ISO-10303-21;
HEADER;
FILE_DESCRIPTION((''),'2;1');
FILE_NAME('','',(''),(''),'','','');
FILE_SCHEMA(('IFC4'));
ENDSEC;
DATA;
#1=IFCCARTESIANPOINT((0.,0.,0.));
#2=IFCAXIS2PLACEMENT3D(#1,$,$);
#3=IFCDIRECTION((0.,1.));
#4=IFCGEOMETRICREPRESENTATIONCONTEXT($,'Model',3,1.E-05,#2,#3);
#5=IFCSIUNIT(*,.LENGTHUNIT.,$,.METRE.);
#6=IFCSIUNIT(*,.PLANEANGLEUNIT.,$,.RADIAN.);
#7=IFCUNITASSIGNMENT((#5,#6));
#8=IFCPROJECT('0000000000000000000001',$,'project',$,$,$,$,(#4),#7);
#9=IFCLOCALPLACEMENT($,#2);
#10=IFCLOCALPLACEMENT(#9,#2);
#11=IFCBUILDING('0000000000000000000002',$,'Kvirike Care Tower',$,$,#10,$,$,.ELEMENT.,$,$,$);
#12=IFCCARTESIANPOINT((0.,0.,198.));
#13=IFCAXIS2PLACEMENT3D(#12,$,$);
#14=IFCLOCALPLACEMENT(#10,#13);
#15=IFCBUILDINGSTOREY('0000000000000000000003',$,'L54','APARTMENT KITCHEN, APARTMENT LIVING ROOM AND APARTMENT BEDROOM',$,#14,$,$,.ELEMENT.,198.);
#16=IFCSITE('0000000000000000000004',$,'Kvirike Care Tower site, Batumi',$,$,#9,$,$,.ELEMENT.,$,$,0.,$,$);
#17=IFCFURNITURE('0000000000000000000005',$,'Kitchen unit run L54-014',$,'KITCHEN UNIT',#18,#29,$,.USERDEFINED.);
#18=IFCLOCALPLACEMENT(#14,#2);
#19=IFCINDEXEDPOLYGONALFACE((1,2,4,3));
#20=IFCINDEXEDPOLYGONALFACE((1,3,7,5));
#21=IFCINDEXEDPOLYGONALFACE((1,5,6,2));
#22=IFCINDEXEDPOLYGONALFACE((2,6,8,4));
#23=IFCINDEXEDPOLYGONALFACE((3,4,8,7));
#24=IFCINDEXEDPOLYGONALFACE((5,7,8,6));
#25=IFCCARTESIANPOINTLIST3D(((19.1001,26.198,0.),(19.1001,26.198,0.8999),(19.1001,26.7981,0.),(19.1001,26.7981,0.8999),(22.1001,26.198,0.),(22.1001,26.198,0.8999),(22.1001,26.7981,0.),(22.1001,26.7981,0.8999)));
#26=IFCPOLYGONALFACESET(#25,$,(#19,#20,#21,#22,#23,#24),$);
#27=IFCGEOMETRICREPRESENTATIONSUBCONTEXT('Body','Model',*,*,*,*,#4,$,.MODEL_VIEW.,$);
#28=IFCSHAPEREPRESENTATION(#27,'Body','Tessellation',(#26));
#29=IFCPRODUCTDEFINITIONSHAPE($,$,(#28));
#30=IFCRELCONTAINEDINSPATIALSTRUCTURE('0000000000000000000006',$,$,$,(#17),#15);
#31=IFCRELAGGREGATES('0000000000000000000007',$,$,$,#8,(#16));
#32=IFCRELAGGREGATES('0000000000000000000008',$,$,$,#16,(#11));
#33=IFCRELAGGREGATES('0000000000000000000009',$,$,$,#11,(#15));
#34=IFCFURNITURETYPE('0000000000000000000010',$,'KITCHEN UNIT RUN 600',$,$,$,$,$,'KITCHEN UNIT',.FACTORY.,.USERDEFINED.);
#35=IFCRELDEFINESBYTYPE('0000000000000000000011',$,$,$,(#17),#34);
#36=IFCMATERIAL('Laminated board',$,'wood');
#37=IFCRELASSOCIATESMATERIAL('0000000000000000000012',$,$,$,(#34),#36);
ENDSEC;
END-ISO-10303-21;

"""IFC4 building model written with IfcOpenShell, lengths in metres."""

from ifc_helpers import new_model, si_unit, direction, frame, origin, origin_2d, place, context, subcontext, project, spatial, rectangle, extrude, material, type_object, element, save


model = new_model("IFC4")

# Units and contexts
model_context = context("Model", 3, precision=1e-05, world=origin(), true_north=direction((0.0, 1.0)))
body_context = subcontext(model_context, "Body", "Model", "MODEL_VIEW")
ifc_project = project(units=[si_unit("LENGTHUNIT", "METRE"), si_unit("PLANEANGLEUNIT", "RADIAN")], contexts=[model_context])

# Site, building, storey
site_placement = place(None, origin())
site = spatial("IfcSite", under=ifc_project, at=site_placement, Name="Kvirike Care Tower site, Batumi", CompositionType="ELEMENT", RefElevation=0.0)
building_placement = place(site_placement, origin())
building = spatial("IfcBuilding", under=site, at=building_placement, Name="Kvirike Care Tower", CompositionType="ELEMENT")
storey_placement = place(building_placement, frame((0.0, 0.0, 198.0)))
storey = spatial("IfcBuildingStorey", under=building, at=storey_placement, Name="L54", Description="APARTMENT KITCHEN, APARTMENT LIVING ROOM AND APARTMENT BEDROOM", CompositionType="ELEMENT", Elevation=198.0)

# Furniture
ifc_material_1 = material(Name="Laminated board", Category="wood")
furniture_type_1 = type_object("IfcFurnitureType", Name="KITCHEN UNIT RUN 600", ElementType="KITCHEN UNIT", AssemblyPlace="FACTORY", PredefinedType="USERDEFINED", material=ifc_material_1)
furniture_1_placement = place(storey_placement, frame((20.6001, 26.498, 0.0), z_axis=(0.0, 0.0, 1.0), x_axis=(1.0, 0.0, 0.0)))
element("IfcFurniture", 1, at=furniture_1_placement, inside=storey, type_object=furniture_type_1, Name="Kitchen unit run L54-014", ObjectType="KITCHEN UNIT", PredefinedType="USERDEFINED", context=body_context, shape_type="SweptSolid", body=[
    extrude(rectangle(XDim=3.0, YDim=0.6001, at=origin_2d()), origin(), (0.0, 0.0, 1.0), 0.8999),
])

save(model, "model.ifc")
